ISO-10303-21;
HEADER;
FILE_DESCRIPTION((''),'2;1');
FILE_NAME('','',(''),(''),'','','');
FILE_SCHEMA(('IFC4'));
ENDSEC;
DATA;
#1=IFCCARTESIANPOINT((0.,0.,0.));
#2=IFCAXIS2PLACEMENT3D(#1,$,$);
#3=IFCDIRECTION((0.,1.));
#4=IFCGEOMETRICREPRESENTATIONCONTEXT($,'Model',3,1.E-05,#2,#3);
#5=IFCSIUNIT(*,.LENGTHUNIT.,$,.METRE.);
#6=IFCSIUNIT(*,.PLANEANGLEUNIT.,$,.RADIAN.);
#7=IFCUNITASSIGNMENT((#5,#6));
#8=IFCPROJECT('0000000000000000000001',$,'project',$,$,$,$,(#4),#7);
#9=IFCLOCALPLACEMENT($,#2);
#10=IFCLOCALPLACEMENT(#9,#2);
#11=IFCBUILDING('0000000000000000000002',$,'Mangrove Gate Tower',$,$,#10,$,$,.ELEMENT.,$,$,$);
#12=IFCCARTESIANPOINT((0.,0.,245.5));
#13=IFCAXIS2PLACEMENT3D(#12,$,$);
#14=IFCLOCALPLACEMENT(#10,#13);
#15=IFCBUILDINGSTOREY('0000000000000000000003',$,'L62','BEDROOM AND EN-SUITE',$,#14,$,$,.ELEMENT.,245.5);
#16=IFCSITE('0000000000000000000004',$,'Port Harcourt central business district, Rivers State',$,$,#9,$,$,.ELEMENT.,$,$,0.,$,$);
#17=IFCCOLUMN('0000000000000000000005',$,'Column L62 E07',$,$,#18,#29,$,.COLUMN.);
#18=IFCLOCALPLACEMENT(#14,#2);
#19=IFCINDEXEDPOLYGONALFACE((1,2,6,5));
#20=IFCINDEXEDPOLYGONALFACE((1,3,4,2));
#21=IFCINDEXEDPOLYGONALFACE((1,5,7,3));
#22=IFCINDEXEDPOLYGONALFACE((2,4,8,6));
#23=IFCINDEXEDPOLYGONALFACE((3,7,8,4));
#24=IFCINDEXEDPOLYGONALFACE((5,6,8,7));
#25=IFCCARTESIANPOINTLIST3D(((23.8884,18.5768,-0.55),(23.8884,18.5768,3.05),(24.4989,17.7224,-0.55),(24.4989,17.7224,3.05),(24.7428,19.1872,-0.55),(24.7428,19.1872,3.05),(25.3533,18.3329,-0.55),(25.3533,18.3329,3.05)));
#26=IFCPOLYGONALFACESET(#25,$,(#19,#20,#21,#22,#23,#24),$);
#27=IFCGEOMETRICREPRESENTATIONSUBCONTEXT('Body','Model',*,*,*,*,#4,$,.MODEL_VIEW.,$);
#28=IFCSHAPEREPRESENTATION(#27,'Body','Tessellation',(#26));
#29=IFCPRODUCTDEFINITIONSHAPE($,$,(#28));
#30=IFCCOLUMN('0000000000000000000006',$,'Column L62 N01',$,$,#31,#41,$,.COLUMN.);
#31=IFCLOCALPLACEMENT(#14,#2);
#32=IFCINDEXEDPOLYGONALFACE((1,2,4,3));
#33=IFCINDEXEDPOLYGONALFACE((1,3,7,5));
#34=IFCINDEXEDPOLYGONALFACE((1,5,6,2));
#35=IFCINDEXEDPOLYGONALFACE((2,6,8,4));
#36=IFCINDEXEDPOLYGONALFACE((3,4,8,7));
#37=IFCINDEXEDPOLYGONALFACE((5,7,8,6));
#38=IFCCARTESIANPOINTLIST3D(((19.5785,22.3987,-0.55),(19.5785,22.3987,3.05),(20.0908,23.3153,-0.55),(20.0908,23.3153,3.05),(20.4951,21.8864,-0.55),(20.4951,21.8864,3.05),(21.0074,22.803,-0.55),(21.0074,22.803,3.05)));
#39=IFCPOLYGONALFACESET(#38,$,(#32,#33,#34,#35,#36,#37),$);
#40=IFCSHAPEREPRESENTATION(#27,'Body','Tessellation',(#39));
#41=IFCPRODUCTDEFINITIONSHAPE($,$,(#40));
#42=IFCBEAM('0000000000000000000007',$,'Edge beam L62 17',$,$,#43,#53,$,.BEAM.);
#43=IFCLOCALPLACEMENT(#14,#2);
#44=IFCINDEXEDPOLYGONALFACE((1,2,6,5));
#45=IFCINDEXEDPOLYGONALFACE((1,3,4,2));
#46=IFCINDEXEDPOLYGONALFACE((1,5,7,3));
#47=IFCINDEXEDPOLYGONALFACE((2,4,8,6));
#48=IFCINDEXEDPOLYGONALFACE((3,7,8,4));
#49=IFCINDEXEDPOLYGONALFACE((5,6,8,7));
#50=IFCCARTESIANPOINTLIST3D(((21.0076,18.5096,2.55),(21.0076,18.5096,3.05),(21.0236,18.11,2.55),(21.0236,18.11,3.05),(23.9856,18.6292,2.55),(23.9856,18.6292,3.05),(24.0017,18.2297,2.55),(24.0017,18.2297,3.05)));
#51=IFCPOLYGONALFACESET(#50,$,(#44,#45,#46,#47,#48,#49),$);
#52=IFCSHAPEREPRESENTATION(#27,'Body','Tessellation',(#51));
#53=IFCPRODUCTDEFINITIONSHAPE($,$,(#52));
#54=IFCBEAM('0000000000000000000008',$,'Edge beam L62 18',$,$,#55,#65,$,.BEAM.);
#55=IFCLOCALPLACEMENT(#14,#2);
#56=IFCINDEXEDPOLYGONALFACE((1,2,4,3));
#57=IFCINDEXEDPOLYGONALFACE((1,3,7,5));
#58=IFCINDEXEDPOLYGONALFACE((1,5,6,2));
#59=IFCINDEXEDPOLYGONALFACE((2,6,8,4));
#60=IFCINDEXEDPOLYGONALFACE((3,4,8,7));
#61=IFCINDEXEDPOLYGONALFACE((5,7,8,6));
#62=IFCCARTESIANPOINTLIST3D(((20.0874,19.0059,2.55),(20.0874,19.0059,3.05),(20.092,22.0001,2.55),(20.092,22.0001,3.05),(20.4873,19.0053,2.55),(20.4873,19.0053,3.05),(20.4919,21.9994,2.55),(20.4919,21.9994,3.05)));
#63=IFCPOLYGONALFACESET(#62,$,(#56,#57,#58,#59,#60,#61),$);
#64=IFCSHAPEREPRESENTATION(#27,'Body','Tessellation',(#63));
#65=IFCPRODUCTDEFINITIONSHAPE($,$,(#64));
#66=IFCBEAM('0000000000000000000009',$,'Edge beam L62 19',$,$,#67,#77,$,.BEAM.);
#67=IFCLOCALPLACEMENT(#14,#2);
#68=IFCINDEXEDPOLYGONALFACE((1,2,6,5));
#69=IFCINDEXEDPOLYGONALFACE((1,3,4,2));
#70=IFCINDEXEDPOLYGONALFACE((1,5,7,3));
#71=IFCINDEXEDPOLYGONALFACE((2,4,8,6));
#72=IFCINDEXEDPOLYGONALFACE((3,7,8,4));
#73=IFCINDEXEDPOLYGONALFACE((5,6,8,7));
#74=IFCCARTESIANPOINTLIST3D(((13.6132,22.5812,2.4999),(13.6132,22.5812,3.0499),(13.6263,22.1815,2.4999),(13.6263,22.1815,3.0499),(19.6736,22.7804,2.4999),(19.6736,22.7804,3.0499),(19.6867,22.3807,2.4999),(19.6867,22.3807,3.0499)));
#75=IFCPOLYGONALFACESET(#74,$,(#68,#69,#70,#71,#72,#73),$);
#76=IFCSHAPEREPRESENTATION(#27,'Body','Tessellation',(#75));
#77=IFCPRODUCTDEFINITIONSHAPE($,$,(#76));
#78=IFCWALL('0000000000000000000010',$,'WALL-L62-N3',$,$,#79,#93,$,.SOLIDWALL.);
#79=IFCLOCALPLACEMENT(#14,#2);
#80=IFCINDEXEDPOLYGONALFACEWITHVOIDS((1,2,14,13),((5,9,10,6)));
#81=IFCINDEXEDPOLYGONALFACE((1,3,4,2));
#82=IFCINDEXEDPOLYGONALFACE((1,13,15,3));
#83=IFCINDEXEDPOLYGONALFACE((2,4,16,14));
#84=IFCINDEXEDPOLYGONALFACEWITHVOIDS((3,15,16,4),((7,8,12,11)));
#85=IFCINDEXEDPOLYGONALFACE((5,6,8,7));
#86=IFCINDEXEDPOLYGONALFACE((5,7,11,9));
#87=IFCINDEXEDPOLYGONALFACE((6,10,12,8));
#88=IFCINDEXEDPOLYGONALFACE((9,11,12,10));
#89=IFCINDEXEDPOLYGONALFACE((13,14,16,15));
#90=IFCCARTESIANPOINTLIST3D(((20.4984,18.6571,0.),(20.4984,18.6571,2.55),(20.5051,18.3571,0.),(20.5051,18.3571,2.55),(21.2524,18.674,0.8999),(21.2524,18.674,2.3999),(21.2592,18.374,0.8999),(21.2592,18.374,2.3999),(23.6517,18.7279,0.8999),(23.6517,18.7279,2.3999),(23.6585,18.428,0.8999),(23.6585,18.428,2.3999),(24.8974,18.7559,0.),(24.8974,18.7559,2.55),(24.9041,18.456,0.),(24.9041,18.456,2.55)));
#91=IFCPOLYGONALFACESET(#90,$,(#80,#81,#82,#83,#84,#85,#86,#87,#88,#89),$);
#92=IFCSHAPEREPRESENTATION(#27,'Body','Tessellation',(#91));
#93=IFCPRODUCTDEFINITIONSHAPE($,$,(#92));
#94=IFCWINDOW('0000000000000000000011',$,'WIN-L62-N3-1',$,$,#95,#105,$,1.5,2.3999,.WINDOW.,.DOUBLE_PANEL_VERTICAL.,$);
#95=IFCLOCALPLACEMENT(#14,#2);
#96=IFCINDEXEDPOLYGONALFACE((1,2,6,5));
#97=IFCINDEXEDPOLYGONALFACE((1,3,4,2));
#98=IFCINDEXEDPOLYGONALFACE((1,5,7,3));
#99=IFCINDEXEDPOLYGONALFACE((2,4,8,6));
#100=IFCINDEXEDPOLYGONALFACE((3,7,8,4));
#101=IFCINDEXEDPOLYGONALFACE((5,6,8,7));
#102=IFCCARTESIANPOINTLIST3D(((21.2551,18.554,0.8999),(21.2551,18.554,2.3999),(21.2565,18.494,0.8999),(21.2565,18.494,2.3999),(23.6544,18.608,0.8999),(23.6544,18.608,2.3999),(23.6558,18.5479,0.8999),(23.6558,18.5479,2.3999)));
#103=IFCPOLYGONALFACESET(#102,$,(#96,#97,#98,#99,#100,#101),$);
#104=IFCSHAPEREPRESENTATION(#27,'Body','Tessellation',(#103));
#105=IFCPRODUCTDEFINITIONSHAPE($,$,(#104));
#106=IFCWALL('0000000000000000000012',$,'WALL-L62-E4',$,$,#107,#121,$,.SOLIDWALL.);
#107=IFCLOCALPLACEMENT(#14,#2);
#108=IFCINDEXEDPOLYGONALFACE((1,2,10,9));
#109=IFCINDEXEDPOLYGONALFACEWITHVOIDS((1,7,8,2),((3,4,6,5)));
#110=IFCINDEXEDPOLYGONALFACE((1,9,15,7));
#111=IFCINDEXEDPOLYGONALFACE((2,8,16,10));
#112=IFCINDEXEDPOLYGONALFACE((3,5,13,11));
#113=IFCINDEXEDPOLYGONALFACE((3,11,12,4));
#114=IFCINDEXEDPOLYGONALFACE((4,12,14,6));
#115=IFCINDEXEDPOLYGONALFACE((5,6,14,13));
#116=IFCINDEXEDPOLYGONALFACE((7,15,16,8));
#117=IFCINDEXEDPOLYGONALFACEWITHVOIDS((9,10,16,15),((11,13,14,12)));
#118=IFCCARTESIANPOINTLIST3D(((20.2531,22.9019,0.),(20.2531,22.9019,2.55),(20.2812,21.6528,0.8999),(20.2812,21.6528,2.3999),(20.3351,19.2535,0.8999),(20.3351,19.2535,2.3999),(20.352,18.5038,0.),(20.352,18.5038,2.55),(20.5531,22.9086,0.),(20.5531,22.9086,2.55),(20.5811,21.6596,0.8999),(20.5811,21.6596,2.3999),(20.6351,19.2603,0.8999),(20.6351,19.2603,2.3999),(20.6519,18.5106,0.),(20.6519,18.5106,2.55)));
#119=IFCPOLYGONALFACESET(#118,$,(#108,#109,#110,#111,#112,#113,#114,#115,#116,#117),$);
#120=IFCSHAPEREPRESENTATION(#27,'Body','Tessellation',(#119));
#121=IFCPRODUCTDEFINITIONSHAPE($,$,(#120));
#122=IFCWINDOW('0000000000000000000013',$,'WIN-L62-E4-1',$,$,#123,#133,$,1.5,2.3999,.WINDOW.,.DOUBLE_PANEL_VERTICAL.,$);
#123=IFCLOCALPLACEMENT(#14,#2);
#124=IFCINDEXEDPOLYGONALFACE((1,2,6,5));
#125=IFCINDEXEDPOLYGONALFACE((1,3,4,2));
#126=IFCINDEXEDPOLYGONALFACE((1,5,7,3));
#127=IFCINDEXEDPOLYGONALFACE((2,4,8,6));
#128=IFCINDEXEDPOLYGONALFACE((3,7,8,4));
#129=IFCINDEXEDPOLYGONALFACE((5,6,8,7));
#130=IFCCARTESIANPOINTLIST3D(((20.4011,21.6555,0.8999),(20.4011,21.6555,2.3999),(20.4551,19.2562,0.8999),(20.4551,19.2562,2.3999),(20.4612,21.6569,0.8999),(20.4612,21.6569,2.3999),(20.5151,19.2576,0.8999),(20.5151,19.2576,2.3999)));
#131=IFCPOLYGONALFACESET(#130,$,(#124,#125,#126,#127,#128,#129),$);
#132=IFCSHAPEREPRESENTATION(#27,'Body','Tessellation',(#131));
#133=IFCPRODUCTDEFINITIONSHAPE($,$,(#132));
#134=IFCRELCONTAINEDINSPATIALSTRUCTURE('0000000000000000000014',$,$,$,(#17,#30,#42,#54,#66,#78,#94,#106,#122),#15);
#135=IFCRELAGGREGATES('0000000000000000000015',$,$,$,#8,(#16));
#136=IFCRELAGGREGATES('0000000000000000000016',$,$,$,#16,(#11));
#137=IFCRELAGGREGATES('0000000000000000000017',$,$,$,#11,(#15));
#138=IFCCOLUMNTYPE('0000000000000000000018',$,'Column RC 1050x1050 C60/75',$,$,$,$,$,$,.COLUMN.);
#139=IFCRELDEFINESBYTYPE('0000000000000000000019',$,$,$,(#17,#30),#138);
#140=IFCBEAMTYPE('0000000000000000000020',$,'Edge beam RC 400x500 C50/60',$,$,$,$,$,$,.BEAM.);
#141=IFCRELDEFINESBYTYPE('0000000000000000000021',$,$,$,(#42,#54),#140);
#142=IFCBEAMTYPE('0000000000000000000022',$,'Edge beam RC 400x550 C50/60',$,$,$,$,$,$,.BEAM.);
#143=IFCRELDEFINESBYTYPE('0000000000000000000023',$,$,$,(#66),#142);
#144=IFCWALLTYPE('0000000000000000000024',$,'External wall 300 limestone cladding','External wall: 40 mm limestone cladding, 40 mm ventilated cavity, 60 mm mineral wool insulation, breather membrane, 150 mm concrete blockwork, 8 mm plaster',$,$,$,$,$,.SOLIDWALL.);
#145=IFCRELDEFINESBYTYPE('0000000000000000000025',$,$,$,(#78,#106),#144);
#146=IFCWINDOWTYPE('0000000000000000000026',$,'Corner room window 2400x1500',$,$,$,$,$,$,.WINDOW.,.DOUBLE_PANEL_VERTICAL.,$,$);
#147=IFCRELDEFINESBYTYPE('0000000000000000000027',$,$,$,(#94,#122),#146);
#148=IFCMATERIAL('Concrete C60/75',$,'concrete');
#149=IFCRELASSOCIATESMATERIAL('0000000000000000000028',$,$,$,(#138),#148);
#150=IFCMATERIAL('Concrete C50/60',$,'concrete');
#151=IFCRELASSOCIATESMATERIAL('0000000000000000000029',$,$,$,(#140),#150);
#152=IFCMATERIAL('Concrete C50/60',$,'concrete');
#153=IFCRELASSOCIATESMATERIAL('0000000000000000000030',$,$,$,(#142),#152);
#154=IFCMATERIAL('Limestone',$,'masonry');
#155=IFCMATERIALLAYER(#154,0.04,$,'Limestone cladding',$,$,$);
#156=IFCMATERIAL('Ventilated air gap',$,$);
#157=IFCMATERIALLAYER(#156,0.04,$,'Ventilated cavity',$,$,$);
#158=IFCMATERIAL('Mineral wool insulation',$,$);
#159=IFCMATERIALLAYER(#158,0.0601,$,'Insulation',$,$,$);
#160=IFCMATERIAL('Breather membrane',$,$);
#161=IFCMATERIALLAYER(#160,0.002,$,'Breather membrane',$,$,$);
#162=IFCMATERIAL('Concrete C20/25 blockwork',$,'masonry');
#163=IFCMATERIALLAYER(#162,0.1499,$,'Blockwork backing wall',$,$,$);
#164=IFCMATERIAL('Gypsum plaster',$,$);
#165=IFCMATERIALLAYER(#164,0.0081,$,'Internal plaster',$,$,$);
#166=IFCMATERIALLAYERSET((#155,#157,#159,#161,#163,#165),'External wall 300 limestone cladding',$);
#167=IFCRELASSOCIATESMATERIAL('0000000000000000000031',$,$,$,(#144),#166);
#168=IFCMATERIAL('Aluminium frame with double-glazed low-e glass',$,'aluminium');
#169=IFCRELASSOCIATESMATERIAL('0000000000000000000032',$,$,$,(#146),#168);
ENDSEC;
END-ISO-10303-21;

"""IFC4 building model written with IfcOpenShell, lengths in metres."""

from ifc_helpers import new_model, si_unit, direction, frame, frame_2d, origin, origin_2d, place, context, subcontext, project, spatial, rectangle, extrude, material, layer, layer_set, material_profile, profile_set, type_object, element, fill, save


model = new_model("IFC4")

# Units and contexts
model_context = context("Model", 3, precision=1e-05, world=origin(), true_north=direction((0.0, 1.0)))
body_context = subcontext(model_context, "Body", "Model", "MODEL_VIEW")
ifc_project = project(units=[si_unit("LENGTHUNIT", "METRE"), si_unit("PLANEANGLEUNIT", "RADIAN")], contexts=[model_context])

# Site, building, storey
site_placement = place(None, origin())
site = spatial("IfcSite", under=ifc_project, at=site_placement, Name="Port Harcourt central business district, Rivers State", CompositionType="ELEMENT", RefElevation=0.0)
building_placement = place(site_placement, origin())
building = spatial("IfcBuilding", under=site, at=building_placement, Name="Mangrove Gate Tower", CompositionType="ELEMENT")
storey_placement = place(building_placement, frame((0.0, 0.0, 245.5)))
storey = spatial("IfcBuildingStorey", under=building, at=storey_placement, Name="L62", Description="BEDROOM AND EN-SUITE", CompositionType="ELEMENT", Elevation=245.5)

# Columns
ifc_material_1 = material(Name="Concrete C60/75", Category="concrete")
ifc_material_profile_1 = material_profile(ifc_material_1, rectangle(XDim=1.05, YDim=1.05, at=origin_2d()))
ifc_profile_set_1 = profile_set([ifc_material_profile_1], Name="Concrete C60/75")
column_type = type_object("IfcColumnType", Name="Column RC 1050x1050 C60/75", PredefinedType="COLUMN", material=ifc_profile_set_1)
for number, where, z_axis, x_axis, name in (
    (1, (24.6208, 18.4548, -0.55), (0.0, 0.0, 1.0), (-0.581359, 0.813647, 0.0), "Column L62 E07"),
    (2, (20.293, 22.6008, -0.55), (0.0, 0.0, 1.0), (-0.872897, 0.487904, 0.0), "Column L62 N01"),
):
    element("IfcColumn", number, at=place(storey_placement, frame(where, z_axis=z_axis, x_axis=x_axis)), inside=storey, type_object=column_type, Name=name, PredefinedType="COLUMN", context=body_context, shape_type="SweptSolid", body=[
        extrude(rectangle(XDim=1.05, YDim=1.05, at=origin_2d()), origin(), (0.0, 0.0, 1.0), 3.6001),
    ])

# Beams
ifc_material_2 = material(Name="Concrete C50/60", Category="concrete")
ifc_material_profile_2 = material_profile(ifc_material_2, rectangle(XDim=0.3999, YDim=0.5, at=origin_2d()))
ifc_profile_set_2 = profile_set([ifc_material_profile_2], Name="Concrete C50/60")
beam_type_1 = type_object("IfcBeamType", Name="Edge beam RC 400x500 C50/60", PredefinedType="BEAM", material=ifc_profile_set_2)
beam_1_placement = place(storey_placement, frame((23.9937, 18.4294, 2.8), z_axis=(-0.999194, -0.040138, 0.0), x_axis=(0.040138, -0.999194, 0.0)))
element("IfcBeam", 3, at=beam_1_placement, inside=storey, type_object=beam_type_1, Name="Edge beam L62 17", PredefinedType="BEAM", context=body_context, shape_type="SweptSolid", body=[
    extrude(rectangle(XDim=0.3999, YDim=0.5, at=origin_2d()), origin(), (0.0, 0.0, 1.0), 2.9805),
])
beam_2_placement = place(storey_placement, frame((20.2874, 19.0056, 2.8), z_axis=(0.001549, 0.999999, 0.0), x_axis=(-0.999999, 0.001549, 0.0)))
element("IfcBeam", 4, at=beam_2_placement, inside=storey, type_object=beam_type_1, Name="Edge beam L62 18", PredefinedType="BEAM", context=body_context, shape_type="SweptSolid", body=[
    extrude(rectangle(XDim=0.3999, YDim=0.5, at=origin_2d()), origin(), (0.0, 0.0, 1.0), 2.9941),
])
ifc_material_3 = material(Name="Concrete C50/60", Category="concrete")
ifc_material_profile_3 = material_profile(ifc_material_3, rectangle(XDim=0.3999, YDim=0.55, at=origin_2d()))
ifc_profile_set_3 = profile_set([ifc_material_profile_3], Name="Concrete C50/60")
beam_type_2 = type_object("IfcBeamType", Name="Edge beam RC 400x550 C50/60", PredefinedType="BEAM", material=ifc_profile_set_3)
beam_3_placement = place(storey_placement, frame((19.6802, 22.5806, 2.7749), z_axis=(-0.99946, -0.032854, 0.0), x_axis=(0.032854, -0.99946, 0.0)))
element("IfcBeam", 5, at=beam_3_placement, inside=storey, type_object=beam_type_2, Name="Edge beam L62 19", PredefinedType="BEAM", context=body_context, shape_type="SweptSolid", body=[
    extrude(rectangle(XDim=0.3999, YDim=0.55, at=origin_2d()), origin(), (0.0, 0.0, 1.0), 6.0637),
])

# Walls, openings, windows
ifc_material_4 = material(Name="Limestone", Category="masonry")
ifc_layer_1 = layer(ifc_material_4, 0.04, Name="Limestone cladding")
ifc_material_5 = material(Name="Ventilated air gap")
ifc_layer_2 = layer(ifc_material_5, 0.04, Name="Ventilated cavity")
ifc_material_6 = material(Name="Mineral wool insulation")
ifc_layer_3 = layer(ifc_material_6, 0.0601, Name="Insulation")
ifc_material_7 = material(Name="Breather membrane")
ifc_layer_4 = layer(ifc_material_7, 0.002, Name="Breather membrane")
ifc_material_8 = material(Name="Concrete C20/25 blockwork", Category="masonry")
ifc_layer_5 = layer(ifc_material_8, 0.1499, Name="Blockwork backing wall")
ifc_material_9 = material(Name="Gypsum plaster")
ifc_layer_6 = layer(ifc_material_9, 0.0081, Name="Internal plaster")
ifc_layer_set = layer_set([ifc_layer_1, ifc_layer_2, ifc_layer_3, ifc_layer_4, ifc_layer_5, ifc_layer_6], Name="External wall 300 limestone cladding")
wall_type = type_object("IfcWallType", Name="External wall 300 limestone cladding", Description="External wall: 40 mm limestone cladding, 40 mm ventilated cavity, 60 mm mineral wool insulation, breather membrane, 150 mm concrete blockwork, 8 mm plaster", PredefinedType="SOLIDWALL", material=ifc_layer_set)
wall_1_placement = place(storey_placement, frame((24.9009, 18.606, 0.0), z_axis=(0.0, 0.0, 1.0), x_axis=(-0.999747, -0.022472, 0.0)))
wall_1 = element("IfcWall", 6, at=wall_1_placement, inside=storey, type_object=wall_type, Name="WALL-L62-N3", PredefinedType="SOLIDWALL", context=body_context, shape_type="SweptSolid", body=[
    extrude(rectangle(XDim=4.4001, YDim=0.3, at=frame_2d((2.2002, 0.0))), origin(), (0.0, 0.0, 1.0), 2.55),
])
opening_1_placement = place(wall_1_placement, frame((1.2461, 0.0, 0.8999)))
opening_1 = element("IfcOpeningElement", 7, at=opening_1_placement, cuts=wall_1, PredefinedType="OPENING", context=body_context, shape_type="SweptSolid", body=[
    extrude(rectangle(XDim=2.3999, YDim=1.5, at=frame_2d((1.2, 0.75))), frame((0.0, 0.1599, 0.0), z_axis=(0.0, -1.0, 0.0), x_axis=(1.0, 0.0, 0.0)), (0.0, 0.0, 1.0), 0.3201),
])
ifc_material_10 = material(Name="Aluminium frame with double-glazed low-e glass", Category="aluminium")
window_type_1 = type_object("IfcWindowType", Name="Corner room window 2400x1500", PartitioningType="DOUBLE_PANEL_VERTICAL", PredefinedType="WINDOW", material=ifc_material_10)
window_1_placement = place(opening_1_placement, origin())
window_1 = element("IfcWindow", 8, at=window_1_placement, inside=storey, type_object=window_type_1, Name="WIN-L62-N3-1", OverallHeight=1.5, OverallWidth=2.3999, PartitioningType="DOUBLE_PANEL_VERTICAL", PredefinedType="WINDOW", context=body_context, shape_type="SweptSolid", body=[
    extrude(rectangle(XDim=2.3999, YDim=1.5, at=frame_2d((1.2, 0.75))), frame((0.0, 0.03, 0.0), z_axis=(0.0, -1.0, 0.0), x_axis=(1.0, 0.0, 0.0)), (0.0, 0.0, 1.0), 0.0601),
])
fill(opening_1, window_1)
wall_2_placement = place(storey_placement, frame((20.502, 18.5071, 0.0), z_axis=(0.0, 0.0, 1.0), x_axis=(-0.022477, 0.999747, 0.0)))
wall_2 = element("IfcWall", 9, at=wall_2_placement, inside=storey, type_object=wall_type, Name="WALL-L62-E4", PredefinedType="SOLIDWALL", context=body_context, shape_type="SweptSolid", body=[
    extrude(rectangle(XDim=4.3992, YDim=0.3, at=frame_2d((2.1997, 0.0))), origin(), (0.0, 0.0, 1.0), 2.55),
])
opening_2_placement = place(wall_2_placement, frame((0.75, 0.0, 0.8999)))
opening_2 = element("IfcOpeningElement", 10, at=opening_2_placement, cuts=wall_2, PredefinedType="OPENING", context=body_context, shape_type="SweptSolid", body=[
    extrude(rectangle(XDim=2.3999, YDim=1.5, at=frame_2d((1.2, 0.75))), frame((0.0, 0.1599, 0.0), z_axis=(0.0, -1.0, 0.0), x_axis=(1.0, 0.0, 0.0)), (0.0, 0.0, 1.0), 0.3201),
])
window_2_placement = place(opening_2_placement, origin())
window_2 = element("IfcWindow", 11, at=window_2_placement, inside=storey, type_object=window_type_1, Name="WIN-L62-E4-1", OverallHeight=1.5, OverallWidth=2.3999, PartitioningType="DOUBLE_PANEL_VERTICAL", PredefinedType="WINDOW", context=body_context, shape_type="SweptSolid", body=[
    extrude(rectangle(XDim=2.3999, YDim=1.5, at=frame_2d((1.2, 0.75))), frame((0.0, 0.03, 0.0), z_axis=(0.0, -1.0, 0.0), x_axis=(1.0, 0.0, 0.0)), (0.0, 0.0, 1.0), 0.0601),
])
fill(opening_2, window_2)

save(model, "model.ifc")
